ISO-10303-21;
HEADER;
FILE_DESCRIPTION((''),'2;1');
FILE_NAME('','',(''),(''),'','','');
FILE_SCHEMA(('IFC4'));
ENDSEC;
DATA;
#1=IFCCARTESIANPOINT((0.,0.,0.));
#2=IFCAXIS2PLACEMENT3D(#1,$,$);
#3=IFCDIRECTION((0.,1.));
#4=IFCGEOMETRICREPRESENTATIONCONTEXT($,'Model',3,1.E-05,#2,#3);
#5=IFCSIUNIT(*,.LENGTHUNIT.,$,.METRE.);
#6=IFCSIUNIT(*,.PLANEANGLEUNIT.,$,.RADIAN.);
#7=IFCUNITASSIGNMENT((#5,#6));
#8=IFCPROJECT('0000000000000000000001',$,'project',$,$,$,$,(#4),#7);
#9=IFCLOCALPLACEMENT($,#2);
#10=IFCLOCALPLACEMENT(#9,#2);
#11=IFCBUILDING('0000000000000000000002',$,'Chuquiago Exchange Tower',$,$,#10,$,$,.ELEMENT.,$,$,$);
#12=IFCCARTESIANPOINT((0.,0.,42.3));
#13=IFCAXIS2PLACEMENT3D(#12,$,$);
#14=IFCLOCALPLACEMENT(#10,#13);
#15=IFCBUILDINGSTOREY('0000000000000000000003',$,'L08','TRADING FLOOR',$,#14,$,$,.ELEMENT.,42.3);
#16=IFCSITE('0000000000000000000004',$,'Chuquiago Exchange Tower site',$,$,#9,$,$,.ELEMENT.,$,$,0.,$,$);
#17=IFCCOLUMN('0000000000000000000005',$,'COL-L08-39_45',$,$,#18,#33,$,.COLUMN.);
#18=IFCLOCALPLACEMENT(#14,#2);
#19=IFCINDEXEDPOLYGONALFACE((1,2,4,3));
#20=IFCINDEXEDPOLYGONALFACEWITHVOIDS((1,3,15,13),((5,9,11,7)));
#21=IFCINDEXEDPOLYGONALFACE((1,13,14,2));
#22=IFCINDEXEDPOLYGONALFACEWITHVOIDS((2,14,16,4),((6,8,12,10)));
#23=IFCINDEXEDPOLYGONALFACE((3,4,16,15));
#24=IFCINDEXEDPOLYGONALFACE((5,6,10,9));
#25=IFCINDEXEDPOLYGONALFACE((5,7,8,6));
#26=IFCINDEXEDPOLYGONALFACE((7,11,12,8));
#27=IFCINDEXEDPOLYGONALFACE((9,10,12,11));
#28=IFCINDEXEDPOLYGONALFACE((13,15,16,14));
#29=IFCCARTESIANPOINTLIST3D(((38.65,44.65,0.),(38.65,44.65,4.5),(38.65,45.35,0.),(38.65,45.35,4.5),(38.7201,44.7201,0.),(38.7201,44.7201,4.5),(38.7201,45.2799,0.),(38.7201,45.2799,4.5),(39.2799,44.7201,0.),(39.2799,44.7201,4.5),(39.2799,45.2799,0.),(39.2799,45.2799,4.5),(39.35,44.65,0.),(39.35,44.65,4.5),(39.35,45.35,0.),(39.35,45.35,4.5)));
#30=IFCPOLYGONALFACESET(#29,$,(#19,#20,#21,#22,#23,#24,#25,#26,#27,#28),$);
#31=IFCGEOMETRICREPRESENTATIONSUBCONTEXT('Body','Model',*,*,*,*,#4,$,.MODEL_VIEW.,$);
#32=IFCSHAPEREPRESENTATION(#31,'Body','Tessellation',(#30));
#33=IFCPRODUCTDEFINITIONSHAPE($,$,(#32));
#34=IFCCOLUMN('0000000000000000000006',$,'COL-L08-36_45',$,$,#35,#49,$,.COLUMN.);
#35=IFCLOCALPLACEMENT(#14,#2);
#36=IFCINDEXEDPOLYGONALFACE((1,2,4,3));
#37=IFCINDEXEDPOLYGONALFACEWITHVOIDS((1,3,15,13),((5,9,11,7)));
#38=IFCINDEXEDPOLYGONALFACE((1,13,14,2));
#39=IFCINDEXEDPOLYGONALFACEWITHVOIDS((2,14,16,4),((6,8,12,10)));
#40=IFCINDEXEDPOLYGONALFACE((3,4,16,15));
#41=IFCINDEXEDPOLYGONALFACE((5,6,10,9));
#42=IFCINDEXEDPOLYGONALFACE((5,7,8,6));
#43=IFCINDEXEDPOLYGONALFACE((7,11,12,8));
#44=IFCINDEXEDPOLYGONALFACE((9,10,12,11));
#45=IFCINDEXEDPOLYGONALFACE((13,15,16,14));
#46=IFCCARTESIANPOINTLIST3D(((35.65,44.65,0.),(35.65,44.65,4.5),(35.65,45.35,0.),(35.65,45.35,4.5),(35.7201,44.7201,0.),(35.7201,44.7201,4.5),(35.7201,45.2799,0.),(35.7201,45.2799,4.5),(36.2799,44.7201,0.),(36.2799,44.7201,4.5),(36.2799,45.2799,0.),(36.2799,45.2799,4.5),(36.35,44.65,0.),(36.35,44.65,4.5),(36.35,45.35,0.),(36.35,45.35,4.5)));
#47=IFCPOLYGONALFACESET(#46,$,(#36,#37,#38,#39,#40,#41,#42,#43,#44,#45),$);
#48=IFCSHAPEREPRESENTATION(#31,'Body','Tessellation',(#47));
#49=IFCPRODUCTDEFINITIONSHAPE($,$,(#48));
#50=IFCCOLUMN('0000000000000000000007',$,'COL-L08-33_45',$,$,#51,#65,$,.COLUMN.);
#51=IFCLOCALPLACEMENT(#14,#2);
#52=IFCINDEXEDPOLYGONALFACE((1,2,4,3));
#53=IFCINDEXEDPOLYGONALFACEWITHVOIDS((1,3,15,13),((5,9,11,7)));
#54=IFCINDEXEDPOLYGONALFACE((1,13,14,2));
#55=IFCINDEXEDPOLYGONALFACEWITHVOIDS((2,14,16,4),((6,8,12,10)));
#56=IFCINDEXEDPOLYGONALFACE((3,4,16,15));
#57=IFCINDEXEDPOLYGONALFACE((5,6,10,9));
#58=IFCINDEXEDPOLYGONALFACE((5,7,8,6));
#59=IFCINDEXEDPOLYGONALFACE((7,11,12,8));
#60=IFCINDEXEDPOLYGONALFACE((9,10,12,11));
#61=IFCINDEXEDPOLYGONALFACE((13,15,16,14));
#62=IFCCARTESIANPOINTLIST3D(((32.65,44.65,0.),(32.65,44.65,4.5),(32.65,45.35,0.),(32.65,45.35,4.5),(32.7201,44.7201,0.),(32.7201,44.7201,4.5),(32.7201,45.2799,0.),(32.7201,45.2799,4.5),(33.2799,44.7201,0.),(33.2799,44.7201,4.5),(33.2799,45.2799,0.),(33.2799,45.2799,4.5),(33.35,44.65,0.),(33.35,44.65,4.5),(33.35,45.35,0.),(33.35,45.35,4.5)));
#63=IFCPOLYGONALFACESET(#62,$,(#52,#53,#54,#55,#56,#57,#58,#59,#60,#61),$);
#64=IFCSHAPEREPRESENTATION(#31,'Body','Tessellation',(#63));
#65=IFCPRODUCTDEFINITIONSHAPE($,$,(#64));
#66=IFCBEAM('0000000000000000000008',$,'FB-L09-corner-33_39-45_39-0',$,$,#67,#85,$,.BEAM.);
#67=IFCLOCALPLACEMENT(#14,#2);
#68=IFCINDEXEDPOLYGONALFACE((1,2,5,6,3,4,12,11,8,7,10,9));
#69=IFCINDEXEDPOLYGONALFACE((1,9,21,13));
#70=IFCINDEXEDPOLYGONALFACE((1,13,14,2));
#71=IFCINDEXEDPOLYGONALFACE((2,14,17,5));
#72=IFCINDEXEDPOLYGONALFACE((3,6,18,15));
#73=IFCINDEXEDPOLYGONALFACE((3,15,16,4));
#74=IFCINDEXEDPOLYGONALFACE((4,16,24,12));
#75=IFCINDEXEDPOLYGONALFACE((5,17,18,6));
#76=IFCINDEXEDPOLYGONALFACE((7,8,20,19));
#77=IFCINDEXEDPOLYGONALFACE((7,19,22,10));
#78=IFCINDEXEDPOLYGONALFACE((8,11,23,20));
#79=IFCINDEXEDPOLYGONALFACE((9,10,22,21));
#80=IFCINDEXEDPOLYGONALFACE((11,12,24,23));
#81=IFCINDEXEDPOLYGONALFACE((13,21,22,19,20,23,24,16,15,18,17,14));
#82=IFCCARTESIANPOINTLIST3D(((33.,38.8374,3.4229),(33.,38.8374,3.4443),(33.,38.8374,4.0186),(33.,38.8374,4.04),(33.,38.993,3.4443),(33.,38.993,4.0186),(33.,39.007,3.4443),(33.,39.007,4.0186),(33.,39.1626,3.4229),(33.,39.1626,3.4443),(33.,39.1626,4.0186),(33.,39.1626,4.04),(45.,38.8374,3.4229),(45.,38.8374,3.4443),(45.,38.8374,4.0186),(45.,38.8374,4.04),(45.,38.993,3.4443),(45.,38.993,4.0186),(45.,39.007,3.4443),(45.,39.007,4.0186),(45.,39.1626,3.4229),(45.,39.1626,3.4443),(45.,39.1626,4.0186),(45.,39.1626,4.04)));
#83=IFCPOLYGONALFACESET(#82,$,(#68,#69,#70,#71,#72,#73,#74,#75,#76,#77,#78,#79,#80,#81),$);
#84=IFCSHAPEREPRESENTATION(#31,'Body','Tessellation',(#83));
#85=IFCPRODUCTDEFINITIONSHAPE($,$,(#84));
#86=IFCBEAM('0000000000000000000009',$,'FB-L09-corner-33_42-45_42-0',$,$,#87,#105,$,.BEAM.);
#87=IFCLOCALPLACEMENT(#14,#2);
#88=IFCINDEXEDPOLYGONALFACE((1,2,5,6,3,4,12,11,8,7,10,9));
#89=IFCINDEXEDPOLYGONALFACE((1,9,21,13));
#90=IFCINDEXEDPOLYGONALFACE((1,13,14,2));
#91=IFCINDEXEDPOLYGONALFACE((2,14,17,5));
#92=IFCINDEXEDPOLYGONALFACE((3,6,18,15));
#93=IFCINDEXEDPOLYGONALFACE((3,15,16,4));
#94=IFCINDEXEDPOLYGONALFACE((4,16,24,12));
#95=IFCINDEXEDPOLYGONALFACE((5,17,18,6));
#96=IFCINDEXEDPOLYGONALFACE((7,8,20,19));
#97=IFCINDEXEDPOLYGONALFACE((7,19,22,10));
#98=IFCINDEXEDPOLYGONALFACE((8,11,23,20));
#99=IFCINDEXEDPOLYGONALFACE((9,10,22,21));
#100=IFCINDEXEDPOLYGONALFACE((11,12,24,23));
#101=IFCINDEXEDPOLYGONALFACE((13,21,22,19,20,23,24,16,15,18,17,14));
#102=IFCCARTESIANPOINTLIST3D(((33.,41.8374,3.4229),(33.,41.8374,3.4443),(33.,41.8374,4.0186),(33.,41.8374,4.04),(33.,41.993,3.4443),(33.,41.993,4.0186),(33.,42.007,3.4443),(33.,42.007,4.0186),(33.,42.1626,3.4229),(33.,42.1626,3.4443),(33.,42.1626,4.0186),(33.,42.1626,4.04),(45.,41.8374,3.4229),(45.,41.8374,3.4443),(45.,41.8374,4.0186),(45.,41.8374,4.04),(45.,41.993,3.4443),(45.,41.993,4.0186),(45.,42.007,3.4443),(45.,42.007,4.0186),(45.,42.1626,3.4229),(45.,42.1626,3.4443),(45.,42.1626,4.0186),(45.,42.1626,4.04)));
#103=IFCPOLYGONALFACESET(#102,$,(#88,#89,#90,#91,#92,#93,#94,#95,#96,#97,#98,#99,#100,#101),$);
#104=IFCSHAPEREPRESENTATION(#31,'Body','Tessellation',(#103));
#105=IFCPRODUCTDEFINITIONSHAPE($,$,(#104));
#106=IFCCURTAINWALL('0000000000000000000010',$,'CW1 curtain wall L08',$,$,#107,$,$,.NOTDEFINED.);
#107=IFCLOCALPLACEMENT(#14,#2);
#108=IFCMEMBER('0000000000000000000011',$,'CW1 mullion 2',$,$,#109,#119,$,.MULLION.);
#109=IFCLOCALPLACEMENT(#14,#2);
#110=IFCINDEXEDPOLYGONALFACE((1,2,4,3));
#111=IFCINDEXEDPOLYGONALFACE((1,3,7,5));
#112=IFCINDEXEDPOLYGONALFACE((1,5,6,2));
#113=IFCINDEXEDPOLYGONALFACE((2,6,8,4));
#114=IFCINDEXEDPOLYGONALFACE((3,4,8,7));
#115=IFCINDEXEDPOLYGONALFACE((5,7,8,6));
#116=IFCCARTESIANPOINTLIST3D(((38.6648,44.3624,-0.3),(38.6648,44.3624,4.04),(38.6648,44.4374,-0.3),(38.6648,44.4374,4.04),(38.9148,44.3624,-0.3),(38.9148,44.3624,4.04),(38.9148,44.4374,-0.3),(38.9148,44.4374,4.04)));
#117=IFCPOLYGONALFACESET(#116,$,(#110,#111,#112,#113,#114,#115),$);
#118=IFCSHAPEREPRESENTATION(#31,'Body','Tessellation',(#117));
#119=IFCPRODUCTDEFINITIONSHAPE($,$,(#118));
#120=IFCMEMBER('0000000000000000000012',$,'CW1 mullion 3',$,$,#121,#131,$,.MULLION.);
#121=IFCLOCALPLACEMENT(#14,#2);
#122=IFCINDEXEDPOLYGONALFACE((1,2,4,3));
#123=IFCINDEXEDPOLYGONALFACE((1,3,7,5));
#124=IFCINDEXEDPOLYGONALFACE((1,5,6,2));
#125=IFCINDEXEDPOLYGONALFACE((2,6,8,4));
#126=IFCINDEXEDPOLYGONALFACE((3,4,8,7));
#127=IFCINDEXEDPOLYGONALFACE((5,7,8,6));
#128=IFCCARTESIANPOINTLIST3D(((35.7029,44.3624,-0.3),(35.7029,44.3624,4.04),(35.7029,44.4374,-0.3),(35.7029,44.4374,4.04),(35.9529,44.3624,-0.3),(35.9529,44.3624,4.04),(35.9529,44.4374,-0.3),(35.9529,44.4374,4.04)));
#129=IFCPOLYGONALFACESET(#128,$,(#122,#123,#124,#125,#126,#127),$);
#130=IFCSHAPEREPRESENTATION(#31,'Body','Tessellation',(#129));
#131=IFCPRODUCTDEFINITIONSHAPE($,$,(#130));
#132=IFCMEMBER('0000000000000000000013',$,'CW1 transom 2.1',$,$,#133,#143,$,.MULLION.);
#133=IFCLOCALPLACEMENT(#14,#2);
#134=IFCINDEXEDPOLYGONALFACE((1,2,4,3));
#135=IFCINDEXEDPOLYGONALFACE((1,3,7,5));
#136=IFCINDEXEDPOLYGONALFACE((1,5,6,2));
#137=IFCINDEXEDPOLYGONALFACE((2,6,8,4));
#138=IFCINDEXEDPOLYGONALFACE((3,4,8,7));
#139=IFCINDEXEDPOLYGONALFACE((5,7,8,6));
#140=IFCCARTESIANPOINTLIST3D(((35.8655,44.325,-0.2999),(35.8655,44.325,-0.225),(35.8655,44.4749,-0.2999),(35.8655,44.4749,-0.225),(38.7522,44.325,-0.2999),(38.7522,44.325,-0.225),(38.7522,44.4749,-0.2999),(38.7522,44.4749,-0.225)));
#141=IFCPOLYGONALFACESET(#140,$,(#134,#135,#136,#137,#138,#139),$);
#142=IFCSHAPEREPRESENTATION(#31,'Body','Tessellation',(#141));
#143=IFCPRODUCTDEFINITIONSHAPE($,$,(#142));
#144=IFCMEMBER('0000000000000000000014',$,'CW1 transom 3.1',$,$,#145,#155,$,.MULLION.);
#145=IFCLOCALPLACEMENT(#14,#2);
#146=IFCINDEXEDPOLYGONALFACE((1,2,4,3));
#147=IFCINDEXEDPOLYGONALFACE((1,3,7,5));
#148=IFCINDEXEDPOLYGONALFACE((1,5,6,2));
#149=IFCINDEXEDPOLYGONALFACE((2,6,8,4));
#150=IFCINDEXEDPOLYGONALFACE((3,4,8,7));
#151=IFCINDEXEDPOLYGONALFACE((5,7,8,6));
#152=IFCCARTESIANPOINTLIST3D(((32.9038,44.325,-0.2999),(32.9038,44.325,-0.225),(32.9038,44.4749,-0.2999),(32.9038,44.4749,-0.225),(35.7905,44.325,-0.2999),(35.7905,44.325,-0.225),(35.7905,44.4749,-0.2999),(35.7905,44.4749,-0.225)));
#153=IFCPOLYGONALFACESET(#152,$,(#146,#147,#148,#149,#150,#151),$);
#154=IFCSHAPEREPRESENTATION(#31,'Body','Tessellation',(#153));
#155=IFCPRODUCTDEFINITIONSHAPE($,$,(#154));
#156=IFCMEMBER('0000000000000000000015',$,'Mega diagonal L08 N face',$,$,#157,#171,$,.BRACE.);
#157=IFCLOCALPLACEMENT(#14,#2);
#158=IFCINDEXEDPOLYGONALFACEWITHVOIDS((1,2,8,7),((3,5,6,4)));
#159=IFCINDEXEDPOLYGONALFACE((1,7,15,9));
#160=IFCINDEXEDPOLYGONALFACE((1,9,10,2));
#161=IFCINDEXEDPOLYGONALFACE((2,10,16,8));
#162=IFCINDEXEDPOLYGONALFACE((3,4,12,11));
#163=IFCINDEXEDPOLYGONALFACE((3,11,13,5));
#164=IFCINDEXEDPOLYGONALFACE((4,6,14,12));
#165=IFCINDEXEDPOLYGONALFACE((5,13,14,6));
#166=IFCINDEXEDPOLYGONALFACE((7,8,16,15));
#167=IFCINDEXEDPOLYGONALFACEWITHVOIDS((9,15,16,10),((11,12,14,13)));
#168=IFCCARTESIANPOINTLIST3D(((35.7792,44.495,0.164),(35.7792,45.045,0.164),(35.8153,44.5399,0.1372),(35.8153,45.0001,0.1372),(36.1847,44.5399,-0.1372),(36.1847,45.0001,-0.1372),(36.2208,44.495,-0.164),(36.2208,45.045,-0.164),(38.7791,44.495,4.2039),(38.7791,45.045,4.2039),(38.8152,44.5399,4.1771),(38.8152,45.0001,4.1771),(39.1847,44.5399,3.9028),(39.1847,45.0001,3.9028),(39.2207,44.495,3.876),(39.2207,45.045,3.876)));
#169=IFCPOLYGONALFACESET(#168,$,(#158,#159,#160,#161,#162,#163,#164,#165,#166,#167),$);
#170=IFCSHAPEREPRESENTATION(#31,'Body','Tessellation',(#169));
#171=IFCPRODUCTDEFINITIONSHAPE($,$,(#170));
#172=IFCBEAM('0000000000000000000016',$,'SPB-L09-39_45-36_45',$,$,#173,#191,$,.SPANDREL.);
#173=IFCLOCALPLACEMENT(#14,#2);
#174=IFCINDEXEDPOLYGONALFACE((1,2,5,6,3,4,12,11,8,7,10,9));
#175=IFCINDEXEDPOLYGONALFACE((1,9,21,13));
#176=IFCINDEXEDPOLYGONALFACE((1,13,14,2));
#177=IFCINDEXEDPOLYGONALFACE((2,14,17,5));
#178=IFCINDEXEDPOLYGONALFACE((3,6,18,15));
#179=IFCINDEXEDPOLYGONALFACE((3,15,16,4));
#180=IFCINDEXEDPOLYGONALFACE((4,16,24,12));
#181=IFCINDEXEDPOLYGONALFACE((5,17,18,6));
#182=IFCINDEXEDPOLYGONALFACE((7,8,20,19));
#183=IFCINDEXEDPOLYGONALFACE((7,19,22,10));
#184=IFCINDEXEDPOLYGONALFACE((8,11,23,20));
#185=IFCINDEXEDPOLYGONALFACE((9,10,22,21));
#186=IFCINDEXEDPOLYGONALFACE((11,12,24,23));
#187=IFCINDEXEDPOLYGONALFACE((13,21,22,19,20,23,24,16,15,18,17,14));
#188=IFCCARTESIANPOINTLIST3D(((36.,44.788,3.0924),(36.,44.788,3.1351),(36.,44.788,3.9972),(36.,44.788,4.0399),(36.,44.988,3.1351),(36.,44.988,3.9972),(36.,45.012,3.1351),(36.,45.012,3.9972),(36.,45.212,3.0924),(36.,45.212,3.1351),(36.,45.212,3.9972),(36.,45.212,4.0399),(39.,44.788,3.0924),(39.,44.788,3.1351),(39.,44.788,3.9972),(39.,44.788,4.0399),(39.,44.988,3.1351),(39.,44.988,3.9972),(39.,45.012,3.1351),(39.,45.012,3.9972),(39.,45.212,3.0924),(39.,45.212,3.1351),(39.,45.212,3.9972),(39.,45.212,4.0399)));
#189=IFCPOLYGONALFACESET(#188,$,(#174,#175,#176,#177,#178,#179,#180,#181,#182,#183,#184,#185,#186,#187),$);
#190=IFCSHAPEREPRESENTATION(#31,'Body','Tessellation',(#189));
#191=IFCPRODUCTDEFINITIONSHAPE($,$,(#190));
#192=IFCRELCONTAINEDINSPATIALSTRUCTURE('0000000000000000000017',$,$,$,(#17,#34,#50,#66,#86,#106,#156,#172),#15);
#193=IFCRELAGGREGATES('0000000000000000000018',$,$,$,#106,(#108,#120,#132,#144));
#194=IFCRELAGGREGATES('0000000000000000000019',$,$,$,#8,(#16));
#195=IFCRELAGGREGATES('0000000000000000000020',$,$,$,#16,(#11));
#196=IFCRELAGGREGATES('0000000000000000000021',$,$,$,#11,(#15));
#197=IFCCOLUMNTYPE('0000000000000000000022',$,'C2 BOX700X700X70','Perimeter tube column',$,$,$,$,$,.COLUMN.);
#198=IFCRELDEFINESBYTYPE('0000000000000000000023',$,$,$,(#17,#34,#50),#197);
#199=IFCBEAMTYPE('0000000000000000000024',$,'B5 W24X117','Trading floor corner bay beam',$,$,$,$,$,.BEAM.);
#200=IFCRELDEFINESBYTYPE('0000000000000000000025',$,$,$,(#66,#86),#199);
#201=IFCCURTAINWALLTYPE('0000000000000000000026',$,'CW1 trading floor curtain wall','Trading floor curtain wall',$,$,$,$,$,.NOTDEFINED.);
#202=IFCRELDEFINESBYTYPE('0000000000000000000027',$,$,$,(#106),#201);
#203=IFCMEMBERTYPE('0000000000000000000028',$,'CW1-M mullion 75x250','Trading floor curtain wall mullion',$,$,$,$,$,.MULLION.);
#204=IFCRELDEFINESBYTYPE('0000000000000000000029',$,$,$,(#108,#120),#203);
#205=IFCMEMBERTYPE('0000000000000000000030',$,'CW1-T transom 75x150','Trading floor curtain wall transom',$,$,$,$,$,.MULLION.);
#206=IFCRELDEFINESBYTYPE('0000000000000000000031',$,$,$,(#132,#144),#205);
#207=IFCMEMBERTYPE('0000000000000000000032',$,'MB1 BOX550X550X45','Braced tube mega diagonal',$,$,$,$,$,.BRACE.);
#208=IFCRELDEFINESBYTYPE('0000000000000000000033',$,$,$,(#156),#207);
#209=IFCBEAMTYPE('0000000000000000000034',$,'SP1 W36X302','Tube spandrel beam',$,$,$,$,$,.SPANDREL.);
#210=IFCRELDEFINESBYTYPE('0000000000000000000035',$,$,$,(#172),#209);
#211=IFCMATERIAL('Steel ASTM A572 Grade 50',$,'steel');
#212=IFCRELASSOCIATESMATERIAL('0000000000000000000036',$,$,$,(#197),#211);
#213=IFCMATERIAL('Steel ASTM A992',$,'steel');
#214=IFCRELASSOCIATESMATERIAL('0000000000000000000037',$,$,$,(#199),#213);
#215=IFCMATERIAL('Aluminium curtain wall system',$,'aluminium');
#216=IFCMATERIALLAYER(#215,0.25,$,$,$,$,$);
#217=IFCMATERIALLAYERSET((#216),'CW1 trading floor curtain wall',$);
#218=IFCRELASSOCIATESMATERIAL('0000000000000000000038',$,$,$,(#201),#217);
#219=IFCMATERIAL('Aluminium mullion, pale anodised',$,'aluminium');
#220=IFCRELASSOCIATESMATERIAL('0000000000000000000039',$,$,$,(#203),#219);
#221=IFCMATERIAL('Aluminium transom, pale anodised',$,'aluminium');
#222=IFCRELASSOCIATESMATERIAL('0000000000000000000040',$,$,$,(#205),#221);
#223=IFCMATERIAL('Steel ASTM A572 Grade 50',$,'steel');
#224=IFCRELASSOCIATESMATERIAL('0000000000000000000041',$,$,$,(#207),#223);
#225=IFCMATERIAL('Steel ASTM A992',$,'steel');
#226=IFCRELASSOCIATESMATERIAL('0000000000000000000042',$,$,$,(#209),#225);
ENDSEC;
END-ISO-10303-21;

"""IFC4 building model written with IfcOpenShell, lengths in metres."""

from ifc_helpers import new_model, si_unit, direction, frame, origin, origin_2d, place, context, subcontext, project, spatial, rectangle, hollow_rectangle, i_section, extrude, material, layer, layer_set, material_profile, profile_set, type_object, element, aggregate, save


model = new_model("IFC4")

# Units and contexts
model_context = context("Model", 3, precision=1e-05, world=origin(), true_north=direction((0.0, 1.0)))
body_context = subcontext(model_context, "Body", "Model", "MODEL_VIEW")
ifc_project = project(units=[si_unit("LENGTHUNIT", "METRE"), si_unit("PLANEANGLEUNIT", "RADIAN")], contexts=[model_context])

# Site, building, storey
site_placement = place(None, origin())
site = spatial("IfcSite", under=ifc_project, at=site_placement, Name="Chuquiago Exchange Tower site", CompositionType="ELEMENT", RefElevation=0.0)
building_placement = place(site_placement, origin())
building = spatial("IfcBuilding", under=site, at=building_placement, Name="Chuquiago Exchange Tower", CompositionType="ELEMENT")
storey_placement = place(building_placement, frame((0.0, 0.0, 42.3)))
storey = spatial("IfcBuildingStorey", under=building, at=storey_placement, Name="L08", Description="TRADING FLOOR", CompositionType="ELEMENT", Elevation=42.3)

# Columns
ifc_material_1 = material(Name="Steel ASTM A572 Grade 50", Category="steel")
ifc_material_profile_1 = material_profile(ifc_material_1, hollow_rectangle(XDim=0.7, YDim=0.7, WallThickness=0.0701, at=origin_2d()), Name="BOX700X700X70")
ifc_profile_set_1 = profile_set([ifc_material_profile_1], Name="Steel ASTM A572 Grade 50")
column_type = type_object("IfcColumnType", Name="C2 BOX700X700X70", Description="Perimeter tube column", PredefinedType="COLUMN", material=ifc_profile_set_1)
for number, where, z_axis, x_axis, name in (
    (1, (39.0, 45.0, 0.0), (0.0, 0.0, 1.0), (0.0, 1.0, 0.0), "COL-L08-39_45"),
    (2, (36.0, 45.0, 0.0), (0.0, 0.0, 1.0), (0.0, 1.0, 0.0), "COL-L08-36_45"),
    (3, (33.0, 45.0, 0.0), (0.0, 0.0, 1.0), (0.0, 1.0, 0.0), "COL-L08-33_45"),
):
    element("IfcColumn", number, at=place(storey_placement, frame(where, z_axis=z_axis, x_axis=x_axis)), inside=storey, type_object=column_type, Name=name, PredefinedType="COLUMN", context=body_context, shape_type="SweptSolid", body=[
        extrude(hollow_rectangle(XDim=0.7, YDim=0.7, WallThickness=0.0701, at=origin_2d()), origin(), (0.0, 0.0, 1.0), 4.5),
    ])

# Beams
ifc_material_2 = material(Name="Steel ASTM A992", Category="steel")
ifc_material_profile_2 = material_profile(ifc_material_2, i_section(OverallWidth=0.3252, OverallDepth=0.6172, WebThickness=0.0139, FlangeThickness=0.0215, at=origin_2d()), Name="W24X117")
ifc_profile_set_2 = profile_set([ifc_material_profile_2], Name="Steel ASTM A992")
beam_type_1 = type_object("IfcBeamType", Name="B5 W24X117", Description="Trading floor corner bay beam", PredefinedType="BEAM", material=ifc_profile_set_2)
for number, where, z_axis, x_axis, name in (
    (4, (33.0, 39.0, 3.7314), (1.0, 0.0, 0.0), (0.0, 1.0, 0.0), "FB-L09-corner-33_39-45_39-0"),
    (5, (33.0, 42.0, 3.7314), (1.0, 0.0, 0.0), (0.0, 1.0, 0.0), "FB-L09-corner-33_42-45_42-0"),
):
    element("IfcBeam", number, at=place(storey_placement, frame(where, z_axis=z_axis, x_axis=x_axis)), inside=storey, type_object=beam_type_1, Name=name, PredefinedType="BEAM", context=body_context, shape_type="SweptSolid", body=[
        extrude(i_section(OverallWidth=0.3252, OverallDepth=0.6172, WebThickness=0.0139, FlangeThickness=0.0215, at=origin_2d()), origin(), (0.0, 0.0, 1.0), 12.0),
    ])

# Curtain wall, members
ifc_material_3 = material(Name="Aluminium curtain wall system", Category="aluminium")
ifc_layer_1 = layer(ifc_material_3, 0.25)
ifc_layer_set_1 = layer_set([ifc_layer_1], Name="CW1 trading floor curtain wall")
curtain_wall_type = type_object("IfcCurtainWallType", Name="CW1 trading floor curtain wall", Description="Trading floor curtain wall", PredefinedType="NOTDEFINED", material=ifc_layer_set_1)
curtain_wall_placement = place(storey_placement, origin())
curtain_wall = element("IfcCurtainWall", 6, at=curtain_wall_placement, inside=storey, type_object=curtain_wall_type, Name="CW1 curtain wall L08", PredefinedType="NOTDEFINED")
ifc_material_4 = material(Name="Aluminium mullion, pale anodised", Category="aluminium")
ifc_material_profile_3 = material_profile(ifc_material_4, rectangle(XDim=0.075, YDim=0.25, at=origin_2d()), Name="AL 75x250")
ifc_profile_set_3 = profile_set([ifc_material_profile_3], Name="Aluminium mullion, pale anodised")
member_type_1 = type_object("IfcMemberType", Name="CW1-M mullion 75x250", Description="Trading floor curtain wall mullion", PredefinedType="MULLION", material=ifc_profile_set_3)
member_1_placement = place(storey_placement, frame((38.7898, 44.3999, -0.3), z_axis=(0.0, 0.0, 1.0), x_axis=(0.0, -1.0, 0.0)))
member_1 = element("IfcMember", 7, at=member_1_placement, type_object=member_type_1, Name="CW1 mullion 2", PredefinedType="MULLION", context=body_context, shape_type="SweptSolid", body=[
    extrude(rectangle(XDim=0.075, YDim=0.25, at=origin_2d()), origin(), (0.0, 0.0, 1.0), 4.3401),
])
member_2_placement = place(storey_placement, frame((35.8279, 44.3999, -0.3), z_axis=(0.0, 0.0, 1.0), x_axis=(0.0, -1.0, 0.0)))
member_2 = element("IfcMember", 8, at=member_2_placement, type_object=member_type_1, Name="CW1 mullion 3", PredefinedType="MULLION", context=body_context, shape_type="SweptSolid", body=[
    extrude(rectangle(XDim=0.075, YDim=0.25, at=origin_2d()), origin(), (0.0, 0.0, 1.0), 4.3401),
])
ifc_material_5 = material(Name="Aluminium transom, pale anodised", Category="aluminium")
ifc_material_profile_4 = material_profile(ifc_material_5, rectangle(XDim=0.1499, YDim=0.075, at=origin_2d()), Name="AL 150x75")
ifc_profile_set_4 = profile_set([ifc_material_profile_4], Name="Aluminium transom, pale anodised")
member_type_2 = type_object("IfcMemberType", Name="CW1-T transom 75x150", Description="Trading floor curtain wall transom", PredefinedType="MULLION", material=ifc_profile_set_4)
member_3_placement = place(storey_placement, frame((38.7522, 44.3999, -0.2625), z_axis=(-1.0, 0.0, 0.0), x_axis=(0.0, -1.0, 0.0)))
member_3 = element("IfcMember", 9, at=member_3_placement, type_object=member_type_2, Name="CW1 transom 2.1", PredefinedType="MULLION", context=body_context, shape_type="SweptSolid", body=[
    extrude(rectangle(XDim=0.1499, YDim=0.075, at=origin_2d()), origin(), (0.0, 0.0, 1.0), 2.8867),
])
member_4_placement = place(storey_placement, frame((35.7905, 44.3999, -0.2625), z_axis=(-1.0, 0.0, 0.0), x_axis=(0.0, -1.0, 0.0)))
member_4 = element("IfcMember", 10, at=member_4_placement, type_object=member_type_2, Name="CW1 transom 3.1", PredefinedType="MULLION", context=body_context, shape_type="SweptSolid", body=[
    extrude(rectangle(XDim=0.1499, YDim=0.075, at=origin_2d()), origin(), (0.0, 0.0, 1.0), 2.8867),
])

# Member
ifc_material_6 = material(Name="Steel ASTM A572 Grade 50", Category="steel")
ifc_material_profile_5 = material_profile(ifc_material_6, hollow_rectangle(XDim=0.55, YDim=0.55, WallThickness=0.0449, at=origin_2d()), Name="BOX550X550X45")
ifc_profile_set_5 = profile_set([ifc_material_profile_5], Name="Steel ASTM A572 Grade 50")
member_type_3 = type_object("IfcMemberType", Name="MB1 BOX550X550X45", Description="Braced tube mega diagonal", PredefinedType="BRACE", material=ifc_profile_set_5)
member_5_placement = place(storey_placement, frame((36.0, 44.77, 0.0), z_axis=(0.596174, 0.0, 0.802855), x_axis=(0.0, 1.0, 0.0)))
element("IfcMember", 11, at=member_5_placement, inside=storey, type_object=member_type_3, Name="Mega diagonal L08 N face", PredefinedType="BRACE", context=body_context, shape_type="SweptSolid", body=[
    extrude(hollow_rectangle(XDim=0.55, YDim=0.55, WallThickness=0.0449, at=origin_2d()), origin(), (0.0, 0.0, 1.0), 5.032),
])

# Beam
ifc_material_7 = material(Name="Steel ASTM A992", Category="steel")
ifc_material_profile_6 = material_profile(ifc_material_7, i_section(OverallWidth=0.4241, OverallDepth=0.9475, WebThickness=0.0239, FlangeThickness=0.0427, at=origin_2d()), Name="W36X302")
ifc_profile_set_6 = profile_set([ifc_material_profile_6], Name="Steel ASTM A992")
beam_type_2 = type_object("IfcBeamType", Name="SP1 W36X302", Description="Tube spandrel beam", PredefinedType="SPANDREL", material=ifc_profile_set_6)
for number, where, z_axis, x_axis, name in (
    (12, (39.0, 45.0, 3.5662), (-1.0, 0.0, 0.0), (0.0, -1.0, 0.0), "SPB-L09-39_45-36_45"),
):
    element("IfcBeam", number, at=place(storey_placement, frame(where, z_axis=z_axis, x_axis=x_axis)), inside=storey, type_object=beam_type_2, Name=name, PredefinedType="SPANDREL", context=body_context, shape_type="SweptSolid", body=[
        extrude(i_section(OverallWidth=0.4241, OverallDepth=0.9475, WebThickness=0.0239, FlangeThickness=0.0427, at=origin_2d()), origin(), (0.0, 0.0, 1.0), 3.0),
    ])

aggregate(curtain_wall, [member_1, member_2, member_3, member_4])

save(model, "model.ifc")
